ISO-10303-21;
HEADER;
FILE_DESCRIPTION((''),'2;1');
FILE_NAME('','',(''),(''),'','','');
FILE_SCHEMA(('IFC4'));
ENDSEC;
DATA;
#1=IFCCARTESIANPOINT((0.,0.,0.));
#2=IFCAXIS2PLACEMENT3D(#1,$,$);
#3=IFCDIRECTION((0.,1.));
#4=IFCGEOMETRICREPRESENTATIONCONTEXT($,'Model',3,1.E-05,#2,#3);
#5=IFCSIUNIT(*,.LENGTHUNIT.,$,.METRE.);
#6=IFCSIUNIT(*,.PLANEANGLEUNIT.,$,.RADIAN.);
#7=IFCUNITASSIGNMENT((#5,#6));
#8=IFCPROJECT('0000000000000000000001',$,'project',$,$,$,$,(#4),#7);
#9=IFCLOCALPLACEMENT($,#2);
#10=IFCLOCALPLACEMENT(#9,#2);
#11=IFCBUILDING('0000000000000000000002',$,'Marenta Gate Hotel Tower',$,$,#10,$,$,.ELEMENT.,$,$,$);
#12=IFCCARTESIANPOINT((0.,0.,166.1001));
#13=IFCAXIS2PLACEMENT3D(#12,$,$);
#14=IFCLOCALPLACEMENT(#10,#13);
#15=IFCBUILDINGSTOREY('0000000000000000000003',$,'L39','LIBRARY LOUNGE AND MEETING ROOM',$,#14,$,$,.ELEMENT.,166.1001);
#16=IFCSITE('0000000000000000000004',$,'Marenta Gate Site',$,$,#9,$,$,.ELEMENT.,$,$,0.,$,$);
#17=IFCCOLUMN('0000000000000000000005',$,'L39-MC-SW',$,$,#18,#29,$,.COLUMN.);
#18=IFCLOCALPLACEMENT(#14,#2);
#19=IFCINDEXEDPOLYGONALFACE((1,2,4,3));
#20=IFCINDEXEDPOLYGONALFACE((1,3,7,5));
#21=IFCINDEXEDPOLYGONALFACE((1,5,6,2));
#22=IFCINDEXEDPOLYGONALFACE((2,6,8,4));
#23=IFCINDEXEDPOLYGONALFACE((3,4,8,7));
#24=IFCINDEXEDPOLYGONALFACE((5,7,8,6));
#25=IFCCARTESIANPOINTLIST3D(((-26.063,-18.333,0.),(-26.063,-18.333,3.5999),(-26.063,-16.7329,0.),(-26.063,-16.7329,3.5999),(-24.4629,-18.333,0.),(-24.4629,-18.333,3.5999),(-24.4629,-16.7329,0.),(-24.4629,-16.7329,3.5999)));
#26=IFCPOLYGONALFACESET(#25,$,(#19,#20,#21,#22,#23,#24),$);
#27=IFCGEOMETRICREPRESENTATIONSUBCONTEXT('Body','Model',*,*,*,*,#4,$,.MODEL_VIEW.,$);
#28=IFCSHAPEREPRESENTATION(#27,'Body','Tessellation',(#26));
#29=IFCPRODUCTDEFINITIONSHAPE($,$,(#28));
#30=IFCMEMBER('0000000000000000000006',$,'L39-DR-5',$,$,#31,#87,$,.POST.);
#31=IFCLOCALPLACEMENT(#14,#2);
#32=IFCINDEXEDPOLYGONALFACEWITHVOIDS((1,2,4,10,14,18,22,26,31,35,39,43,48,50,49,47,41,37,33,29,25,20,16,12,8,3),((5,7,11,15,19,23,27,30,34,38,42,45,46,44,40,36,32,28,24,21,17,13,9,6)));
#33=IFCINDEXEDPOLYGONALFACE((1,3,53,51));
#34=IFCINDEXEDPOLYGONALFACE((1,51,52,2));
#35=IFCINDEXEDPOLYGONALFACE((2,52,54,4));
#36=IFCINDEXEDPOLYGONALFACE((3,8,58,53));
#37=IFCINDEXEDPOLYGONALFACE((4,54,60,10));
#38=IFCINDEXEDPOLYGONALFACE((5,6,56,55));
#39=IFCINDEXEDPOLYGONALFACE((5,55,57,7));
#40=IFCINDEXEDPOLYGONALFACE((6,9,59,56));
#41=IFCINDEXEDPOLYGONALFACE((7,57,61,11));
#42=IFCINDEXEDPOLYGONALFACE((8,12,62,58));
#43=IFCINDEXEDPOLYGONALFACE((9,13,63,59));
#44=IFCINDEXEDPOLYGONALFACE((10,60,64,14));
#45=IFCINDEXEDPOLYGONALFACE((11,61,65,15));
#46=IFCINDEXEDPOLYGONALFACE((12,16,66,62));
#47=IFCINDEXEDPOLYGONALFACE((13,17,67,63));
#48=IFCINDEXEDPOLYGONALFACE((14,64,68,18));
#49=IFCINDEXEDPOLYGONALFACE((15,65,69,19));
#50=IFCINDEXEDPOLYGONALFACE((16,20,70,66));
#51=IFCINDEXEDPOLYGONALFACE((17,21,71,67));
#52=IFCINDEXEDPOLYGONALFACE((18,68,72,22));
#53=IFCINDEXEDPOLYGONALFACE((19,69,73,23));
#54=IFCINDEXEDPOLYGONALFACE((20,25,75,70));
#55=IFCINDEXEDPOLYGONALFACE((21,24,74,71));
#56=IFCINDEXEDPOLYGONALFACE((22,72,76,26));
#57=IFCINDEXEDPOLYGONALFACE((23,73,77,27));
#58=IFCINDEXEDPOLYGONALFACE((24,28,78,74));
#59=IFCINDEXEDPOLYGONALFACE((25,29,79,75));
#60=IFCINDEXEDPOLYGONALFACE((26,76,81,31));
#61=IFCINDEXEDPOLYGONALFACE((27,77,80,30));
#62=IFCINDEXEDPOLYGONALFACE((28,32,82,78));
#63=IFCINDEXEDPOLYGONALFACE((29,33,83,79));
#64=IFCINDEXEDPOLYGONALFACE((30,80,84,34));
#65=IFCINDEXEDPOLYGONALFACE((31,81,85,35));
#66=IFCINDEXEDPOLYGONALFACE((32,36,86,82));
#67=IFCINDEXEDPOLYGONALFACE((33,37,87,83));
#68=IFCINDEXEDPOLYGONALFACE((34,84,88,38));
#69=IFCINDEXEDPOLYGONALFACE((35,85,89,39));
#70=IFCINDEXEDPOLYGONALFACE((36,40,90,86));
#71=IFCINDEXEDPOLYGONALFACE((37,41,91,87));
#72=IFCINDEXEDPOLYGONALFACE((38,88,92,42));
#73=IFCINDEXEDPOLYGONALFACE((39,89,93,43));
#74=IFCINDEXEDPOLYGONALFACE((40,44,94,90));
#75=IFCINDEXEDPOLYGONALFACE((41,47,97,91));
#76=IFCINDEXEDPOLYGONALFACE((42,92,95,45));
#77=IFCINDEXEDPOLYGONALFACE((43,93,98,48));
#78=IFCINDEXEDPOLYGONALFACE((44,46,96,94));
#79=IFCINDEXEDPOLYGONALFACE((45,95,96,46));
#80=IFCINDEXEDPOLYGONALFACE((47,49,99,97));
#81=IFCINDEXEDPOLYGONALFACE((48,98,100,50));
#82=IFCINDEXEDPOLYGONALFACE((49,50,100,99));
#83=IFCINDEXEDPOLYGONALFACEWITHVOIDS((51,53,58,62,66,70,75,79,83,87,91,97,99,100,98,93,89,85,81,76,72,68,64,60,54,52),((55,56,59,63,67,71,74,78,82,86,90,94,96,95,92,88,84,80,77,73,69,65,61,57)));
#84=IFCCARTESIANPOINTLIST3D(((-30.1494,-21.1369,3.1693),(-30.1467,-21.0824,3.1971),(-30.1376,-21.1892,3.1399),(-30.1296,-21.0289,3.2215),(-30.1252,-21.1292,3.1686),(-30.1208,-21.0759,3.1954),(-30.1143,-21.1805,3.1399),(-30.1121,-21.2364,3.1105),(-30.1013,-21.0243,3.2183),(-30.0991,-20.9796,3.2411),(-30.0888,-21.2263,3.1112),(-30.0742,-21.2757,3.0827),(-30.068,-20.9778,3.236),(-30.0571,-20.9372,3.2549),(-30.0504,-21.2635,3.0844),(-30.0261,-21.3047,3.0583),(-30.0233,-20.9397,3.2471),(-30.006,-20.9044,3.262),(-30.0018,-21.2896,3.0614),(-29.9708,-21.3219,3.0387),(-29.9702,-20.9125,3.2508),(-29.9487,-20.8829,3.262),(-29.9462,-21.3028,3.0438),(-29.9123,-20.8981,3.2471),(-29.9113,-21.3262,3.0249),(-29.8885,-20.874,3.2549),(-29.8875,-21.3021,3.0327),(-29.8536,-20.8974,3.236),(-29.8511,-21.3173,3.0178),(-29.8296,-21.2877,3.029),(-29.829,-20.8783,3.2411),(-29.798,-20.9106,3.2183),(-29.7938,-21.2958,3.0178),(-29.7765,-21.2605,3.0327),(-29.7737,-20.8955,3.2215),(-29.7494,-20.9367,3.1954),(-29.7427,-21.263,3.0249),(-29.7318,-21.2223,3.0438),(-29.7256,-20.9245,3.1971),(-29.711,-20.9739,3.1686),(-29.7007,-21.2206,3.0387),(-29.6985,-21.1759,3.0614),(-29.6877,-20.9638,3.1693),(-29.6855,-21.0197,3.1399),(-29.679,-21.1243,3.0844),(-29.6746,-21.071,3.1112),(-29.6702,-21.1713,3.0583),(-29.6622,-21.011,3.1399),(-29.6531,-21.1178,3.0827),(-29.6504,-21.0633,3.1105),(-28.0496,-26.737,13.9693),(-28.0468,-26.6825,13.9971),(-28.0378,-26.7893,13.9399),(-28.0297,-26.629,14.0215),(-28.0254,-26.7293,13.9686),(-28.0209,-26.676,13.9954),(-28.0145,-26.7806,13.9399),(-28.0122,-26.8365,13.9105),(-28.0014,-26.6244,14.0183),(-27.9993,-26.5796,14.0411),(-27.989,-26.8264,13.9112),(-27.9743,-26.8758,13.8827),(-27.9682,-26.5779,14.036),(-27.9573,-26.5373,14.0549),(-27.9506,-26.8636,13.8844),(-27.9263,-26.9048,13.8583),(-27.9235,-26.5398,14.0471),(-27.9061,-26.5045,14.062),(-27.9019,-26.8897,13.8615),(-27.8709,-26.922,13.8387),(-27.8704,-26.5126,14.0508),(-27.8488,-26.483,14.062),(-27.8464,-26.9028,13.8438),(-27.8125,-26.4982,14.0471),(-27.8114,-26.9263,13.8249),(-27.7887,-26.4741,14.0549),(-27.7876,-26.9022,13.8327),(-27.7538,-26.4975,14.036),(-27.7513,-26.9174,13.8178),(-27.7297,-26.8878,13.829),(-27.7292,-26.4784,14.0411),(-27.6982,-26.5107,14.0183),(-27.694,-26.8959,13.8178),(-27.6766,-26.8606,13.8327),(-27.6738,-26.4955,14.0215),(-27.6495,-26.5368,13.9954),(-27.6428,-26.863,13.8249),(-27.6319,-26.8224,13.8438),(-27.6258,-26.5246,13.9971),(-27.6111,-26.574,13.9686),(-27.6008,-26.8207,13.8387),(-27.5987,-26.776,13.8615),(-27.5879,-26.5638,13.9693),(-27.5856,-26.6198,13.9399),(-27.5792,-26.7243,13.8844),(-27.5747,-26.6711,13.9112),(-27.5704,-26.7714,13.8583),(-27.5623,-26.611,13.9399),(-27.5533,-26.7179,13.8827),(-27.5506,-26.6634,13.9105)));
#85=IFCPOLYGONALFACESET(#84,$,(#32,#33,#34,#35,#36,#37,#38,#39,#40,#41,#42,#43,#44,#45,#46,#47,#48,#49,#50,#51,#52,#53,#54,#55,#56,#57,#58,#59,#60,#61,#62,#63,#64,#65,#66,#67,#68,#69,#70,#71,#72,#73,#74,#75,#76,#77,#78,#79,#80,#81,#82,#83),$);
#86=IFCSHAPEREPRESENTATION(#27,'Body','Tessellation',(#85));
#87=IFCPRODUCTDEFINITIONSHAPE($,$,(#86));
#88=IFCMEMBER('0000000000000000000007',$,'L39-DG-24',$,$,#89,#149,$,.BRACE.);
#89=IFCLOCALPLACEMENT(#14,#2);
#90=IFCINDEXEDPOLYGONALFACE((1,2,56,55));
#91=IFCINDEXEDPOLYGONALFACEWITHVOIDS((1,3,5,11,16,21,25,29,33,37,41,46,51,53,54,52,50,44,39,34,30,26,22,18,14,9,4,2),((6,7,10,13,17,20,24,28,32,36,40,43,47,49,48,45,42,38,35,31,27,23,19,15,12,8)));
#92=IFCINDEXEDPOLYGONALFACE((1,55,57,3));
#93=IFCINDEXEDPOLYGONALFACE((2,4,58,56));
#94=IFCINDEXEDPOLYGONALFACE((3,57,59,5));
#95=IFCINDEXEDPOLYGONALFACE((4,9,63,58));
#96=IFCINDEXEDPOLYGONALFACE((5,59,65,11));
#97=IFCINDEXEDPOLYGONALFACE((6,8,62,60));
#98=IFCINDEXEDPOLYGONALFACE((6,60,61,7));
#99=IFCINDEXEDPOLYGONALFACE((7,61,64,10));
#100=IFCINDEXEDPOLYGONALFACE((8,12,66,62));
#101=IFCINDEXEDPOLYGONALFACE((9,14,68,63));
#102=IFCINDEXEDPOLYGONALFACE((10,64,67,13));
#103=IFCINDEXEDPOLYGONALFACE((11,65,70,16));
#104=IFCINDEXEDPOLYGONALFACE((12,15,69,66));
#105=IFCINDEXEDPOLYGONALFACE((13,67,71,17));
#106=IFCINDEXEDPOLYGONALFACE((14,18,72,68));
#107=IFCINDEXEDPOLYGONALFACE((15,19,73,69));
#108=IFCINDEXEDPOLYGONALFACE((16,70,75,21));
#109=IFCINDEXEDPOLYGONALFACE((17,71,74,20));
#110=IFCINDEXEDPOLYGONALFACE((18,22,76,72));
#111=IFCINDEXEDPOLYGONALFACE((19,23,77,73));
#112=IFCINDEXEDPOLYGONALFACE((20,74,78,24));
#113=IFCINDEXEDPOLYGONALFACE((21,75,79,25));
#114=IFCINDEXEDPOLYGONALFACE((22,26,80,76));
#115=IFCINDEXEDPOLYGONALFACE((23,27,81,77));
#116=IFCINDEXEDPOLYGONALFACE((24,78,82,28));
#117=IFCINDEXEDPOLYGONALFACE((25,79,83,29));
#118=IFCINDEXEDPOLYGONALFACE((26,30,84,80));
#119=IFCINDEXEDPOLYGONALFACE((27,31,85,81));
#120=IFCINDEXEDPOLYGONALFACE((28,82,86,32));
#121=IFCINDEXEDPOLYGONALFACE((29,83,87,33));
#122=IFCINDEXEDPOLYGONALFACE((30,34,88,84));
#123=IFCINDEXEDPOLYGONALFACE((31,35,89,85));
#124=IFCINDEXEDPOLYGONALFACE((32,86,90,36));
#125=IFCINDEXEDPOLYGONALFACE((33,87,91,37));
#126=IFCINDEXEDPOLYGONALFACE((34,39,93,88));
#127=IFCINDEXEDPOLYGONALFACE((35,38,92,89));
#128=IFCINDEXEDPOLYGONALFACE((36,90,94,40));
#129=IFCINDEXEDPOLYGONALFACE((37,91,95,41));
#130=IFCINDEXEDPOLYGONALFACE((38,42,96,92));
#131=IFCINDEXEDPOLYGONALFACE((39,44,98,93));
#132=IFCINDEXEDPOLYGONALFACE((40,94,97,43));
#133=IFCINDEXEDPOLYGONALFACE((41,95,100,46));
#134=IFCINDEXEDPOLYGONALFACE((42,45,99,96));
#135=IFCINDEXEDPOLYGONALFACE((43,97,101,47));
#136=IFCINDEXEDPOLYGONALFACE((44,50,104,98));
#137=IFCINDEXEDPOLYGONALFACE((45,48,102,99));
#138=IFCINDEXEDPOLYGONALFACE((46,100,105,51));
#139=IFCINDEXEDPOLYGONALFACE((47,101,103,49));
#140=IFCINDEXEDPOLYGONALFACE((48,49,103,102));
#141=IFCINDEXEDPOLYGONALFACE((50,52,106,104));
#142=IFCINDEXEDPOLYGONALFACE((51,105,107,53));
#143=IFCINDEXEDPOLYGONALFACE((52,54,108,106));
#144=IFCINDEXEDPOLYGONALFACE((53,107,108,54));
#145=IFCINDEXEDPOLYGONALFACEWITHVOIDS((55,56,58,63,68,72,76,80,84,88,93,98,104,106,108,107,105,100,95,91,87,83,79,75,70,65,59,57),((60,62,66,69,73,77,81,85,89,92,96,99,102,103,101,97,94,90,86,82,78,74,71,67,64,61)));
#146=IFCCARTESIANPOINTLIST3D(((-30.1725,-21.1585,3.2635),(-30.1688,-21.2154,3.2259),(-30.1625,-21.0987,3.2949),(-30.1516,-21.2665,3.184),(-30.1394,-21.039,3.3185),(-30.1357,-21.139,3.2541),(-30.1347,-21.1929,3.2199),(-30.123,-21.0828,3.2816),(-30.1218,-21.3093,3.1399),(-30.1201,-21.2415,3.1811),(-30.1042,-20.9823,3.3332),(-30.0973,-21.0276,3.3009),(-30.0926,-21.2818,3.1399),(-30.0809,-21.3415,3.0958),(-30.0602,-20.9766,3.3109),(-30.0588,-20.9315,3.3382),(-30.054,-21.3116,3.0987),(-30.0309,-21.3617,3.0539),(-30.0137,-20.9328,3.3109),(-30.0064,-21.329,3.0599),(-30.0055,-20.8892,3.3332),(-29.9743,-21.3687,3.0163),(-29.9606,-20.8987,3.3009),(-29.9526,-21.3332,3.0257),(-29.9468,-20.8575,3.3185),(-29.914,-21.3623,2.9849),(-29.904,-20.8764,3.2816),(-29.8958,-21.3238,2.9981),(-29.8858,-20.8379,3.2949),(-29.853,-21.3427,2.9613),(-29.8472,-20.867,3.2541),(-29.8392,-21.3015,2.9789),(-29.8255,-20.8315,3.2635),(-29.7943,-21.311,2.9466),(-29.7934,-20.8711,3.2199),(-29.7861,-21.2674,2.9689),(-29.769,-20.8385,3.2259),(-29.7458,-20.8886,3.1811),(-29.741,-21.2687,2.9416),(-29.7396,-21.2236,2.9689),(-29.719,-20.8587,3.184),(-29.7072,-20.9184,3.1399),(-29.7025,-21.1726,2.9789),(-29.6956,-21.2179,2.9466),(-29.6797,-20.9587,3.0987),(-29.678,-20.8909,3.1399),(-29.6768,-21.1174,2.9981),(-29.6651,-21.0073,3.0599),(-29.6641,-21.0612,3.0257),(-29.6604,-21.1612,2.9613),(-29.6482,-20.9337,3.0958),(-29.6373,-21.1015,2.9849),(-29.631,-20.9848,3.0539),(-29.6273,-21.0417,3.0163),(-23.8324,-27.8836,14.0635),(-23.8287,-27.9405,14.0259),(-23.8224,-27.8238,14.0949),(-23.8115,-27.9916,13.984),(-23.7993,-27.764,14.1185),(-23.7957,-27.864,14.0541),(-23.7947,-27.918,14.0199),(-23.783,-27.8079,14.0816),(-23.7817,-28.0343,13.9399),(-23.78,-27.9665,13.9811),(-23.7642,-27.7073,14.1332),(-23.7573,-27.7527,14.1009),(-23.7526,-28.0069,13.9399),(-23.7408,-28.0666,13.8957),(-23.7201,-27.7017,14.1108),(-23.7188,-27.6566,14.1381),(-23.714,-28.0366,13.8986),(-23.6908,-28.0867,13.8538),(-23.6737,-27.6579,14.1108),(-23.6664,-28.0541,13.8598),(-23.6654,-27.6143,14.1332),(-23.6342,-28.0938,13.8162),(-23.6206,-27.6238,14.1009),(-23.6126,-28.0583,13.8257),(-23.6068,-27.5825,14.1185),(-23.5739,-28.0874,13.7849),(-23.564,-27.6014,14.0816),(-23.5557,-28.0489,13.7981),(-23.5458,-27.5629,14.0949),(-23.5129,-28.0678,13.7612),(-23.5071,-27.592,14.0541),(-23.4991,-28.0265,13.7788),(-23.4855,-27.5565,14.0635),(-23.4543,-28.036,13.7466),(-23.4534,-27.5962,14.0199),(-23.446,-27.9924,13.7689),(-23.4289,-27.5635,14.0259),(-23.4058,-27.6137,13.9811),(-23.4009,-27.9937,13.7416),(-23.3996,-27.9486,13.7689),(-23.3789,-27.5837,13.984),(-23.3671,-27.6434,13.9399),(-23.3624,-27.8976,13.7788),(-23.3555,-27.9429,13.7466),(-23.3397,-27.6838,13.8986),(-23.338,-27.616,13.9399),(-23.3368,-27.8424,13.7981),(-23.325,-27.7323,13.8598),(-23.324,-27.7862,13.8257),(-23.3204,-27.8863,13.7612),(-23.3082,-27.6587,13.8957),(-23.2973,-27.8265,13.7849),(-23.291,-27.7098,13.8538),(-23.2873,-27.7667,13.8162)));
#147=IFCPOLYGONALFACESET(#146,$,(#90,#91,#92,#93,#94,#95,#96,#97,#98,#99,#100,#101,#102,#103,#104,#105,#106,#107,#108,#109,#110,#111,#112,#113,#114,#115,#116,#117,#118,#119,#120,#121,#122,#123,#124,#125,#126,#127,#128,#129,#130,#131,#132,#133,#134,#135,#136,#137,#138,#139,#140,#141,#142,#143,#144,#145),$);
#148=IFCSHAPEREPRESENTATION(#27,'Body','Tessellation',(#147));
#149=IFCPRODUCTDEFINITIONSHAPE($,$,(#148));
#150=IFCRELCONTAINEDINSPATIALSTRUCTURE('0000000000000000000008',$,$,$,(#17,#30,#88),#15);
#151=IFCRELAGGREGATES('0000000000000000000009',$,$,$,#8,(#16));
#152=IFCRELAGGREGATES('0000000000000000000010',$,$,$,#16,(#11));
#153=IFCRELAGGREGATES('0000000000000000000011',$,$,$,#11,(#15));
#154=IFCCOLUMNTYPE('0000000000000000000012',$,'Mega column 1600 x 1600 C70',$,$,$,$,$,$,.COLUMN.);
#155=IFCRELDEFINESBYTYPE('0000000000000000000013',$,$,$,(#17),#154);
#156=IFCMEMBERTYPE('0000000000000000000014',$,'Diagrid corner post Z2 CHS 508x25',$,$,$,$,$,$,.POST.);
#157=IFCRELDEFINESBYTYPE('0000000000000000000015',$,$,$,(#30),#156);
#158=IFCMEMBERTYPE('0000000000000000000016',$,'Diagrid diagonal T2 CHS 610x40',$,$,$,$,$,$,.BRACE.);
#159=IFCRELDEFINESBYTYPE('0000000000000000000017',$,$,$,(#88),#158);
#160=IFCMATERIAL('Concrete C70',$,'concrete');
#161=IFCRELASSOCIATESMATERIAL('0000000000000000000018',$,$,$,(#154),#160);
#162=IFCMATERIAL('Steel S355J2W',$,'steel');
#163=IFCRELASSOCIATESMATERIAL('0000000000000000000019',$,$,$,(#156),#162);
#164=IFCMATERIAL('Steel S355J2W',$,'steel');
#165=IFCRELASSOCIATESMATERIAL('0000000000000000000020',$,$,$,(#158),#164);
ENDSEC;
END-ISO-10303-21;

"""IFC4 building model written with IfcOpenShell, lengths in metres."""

from ifc_helpers import new_model, si_unit, direction, frame, origin, origin_2d, place, context, subcontext, project, spatial, rectangle, hollow_circle, extrude, material, material_profile, profile_set, type_object, element, save


model = new_model("IFC4")

# Units and contexts
model_context = context("Model", 3, precision=1e-05, world=origin(), true_north=direction((0.0, 1.0)))
body_context = subcontext(model_context, "Body", "Model", "MODEL_VIEW")
ifc_project = project(units=[si_unit("LENGTHUNIT", "METRE"), si_unit("PLANEANGLEUNIT", "RADIAN")], contexts=[model_context])

# Site, building, storey
site_placement = place(None, origin())
site = spatial("IfcSite", under=ifc_project, at=site_placement, Name="Marenta Gate Site", CompositionType="ELEMENT", RefElevation=0.0)
building_placement = place(site_placement, origin())
building = spatial("IfcBuilding", under=site, at=building_placement, Name="Marenta Gate Hotel Tower", CompositionType="ELEMENT")
storey_placement = place(building_placement, frame((0.0, 0.0, 166.1001)))
storey = spatial("IfcBuildingStorey", under=building, at=storey_placement, Name="L39", Description="LIBRARY LOUNGE AND MEETING ROOM", CompositionType="ELEMENT", Elevation=166.1001)

# Column
ifc_material_1 = material(Name="Concrete C70", Category="concrete")
ifc_material_profile_1 = material_profile(ifc_material_1, rectangle(XDim=1.6001, YDim=1.6001, at=origin_2d()), Name="1600 x 1600")
ifc_profile_set_1 = profile_set([ifc_material_profile_1], Name="Concrete C70")
column_type = type_object("IfcColumnType", Name="Mega column 1600 x 1600 C70", PredefinedType="COLUMN", material=ifc_profile_set_1)
column_placement = place(storey_placement, frame((-25.2629, -17.533, 0.0), z_axis=(0.0, 0.0, 1.0), x_axis=(1.0, 0.0, 0.0)))
element("IfcColumn", 1, at=column_placement, inside=storey, type_object=column_type, Name="L39-MC-SW", PredefinedType="COLUMN", context=body_context, shape_type="SweptSolid", body=[
    extrude(rectangle(XDim=1.6001, YDim=1.6001, at=origin_2d()), origin(), (0.0, 0.0, 1.0), 3.5999),
])

# Members
ifc_material_2 = material(Name="Steel S355J2W", Category="steel")
ifc_material_profile_2 = material_profile(ifc_material_2, hollow_circle(Radius=0.2539, WallThickness=0.0249, at=origin_2d()), Name="CHS 508x25")
ifc_profile_set_2 = profile_set([ifc_material_profile_2], Name="Steel S355J2W")
member_type_1 = type_object("IfcMemberType", Name="Diagrid corner post Z2 CHS 508x25", PredefinedType="POST", material=ifc_profile_set_2)
member_1_placement = place(storey_placement, frame((-29.8999, -21.1001, 3.1399), z_axis=(0.170091, -0.453614, 0.874816), x_axis=(0.936339, 0.351097, 0.0)))
element("IfcMember", 2, at=member_1_placement, inside=storey, type_object=member_type_1, Name="L39-DR-5", PredefinedType="POST", context=body_context, shape_type="SweptSolid", body=[
    extrude(hollow_circle(Radius=0.2539, WallThickness=0.0249, at=origin_2d()), origin(), (0.0, 0.0, 1.0), 12.3455),
])
ifc_material_3 = material(Name="Steel S355J2W", Category="steel")
ifc_material_profile_3 = material_profile(ifc_material_3, hollow_circle(Radius=0.3049, WallThickness=0.04, at=origin_2d()), Name="CHS 610x40")
ifc_profile_set_3 = profile_set([ifc_material_profile_3], Name="Steel S355J2W")
member_type_2 = type_object("IfcMemberType", Name="Diagrid diagonal T2 CHS 610x40", PredefinedType="BRACE", material=ifc_profile_set_3)
member_2_placement = place(storey_placement, frame((-29.8999, -21.1001, 3.1399), z_axis=(0.446016, -0.4731, 0.759767), x_axis=(0.727628, 0.685972, 0.0)))
element("IfcMember", 3, at=member_2_placement, inside=storey, type_object=member_type_2, Name="L39-DG-24", PredefinedType="BRACE", context=body_context, shape_type="SweptSolid", body=[
    extrude(hollow_circle(Radius=0.3049, WallThickness=0.04, at=origin_2d()), origin(), (0.0, 0.0, 1.0), 14.2148),
])

save(model, "model.ifc")
